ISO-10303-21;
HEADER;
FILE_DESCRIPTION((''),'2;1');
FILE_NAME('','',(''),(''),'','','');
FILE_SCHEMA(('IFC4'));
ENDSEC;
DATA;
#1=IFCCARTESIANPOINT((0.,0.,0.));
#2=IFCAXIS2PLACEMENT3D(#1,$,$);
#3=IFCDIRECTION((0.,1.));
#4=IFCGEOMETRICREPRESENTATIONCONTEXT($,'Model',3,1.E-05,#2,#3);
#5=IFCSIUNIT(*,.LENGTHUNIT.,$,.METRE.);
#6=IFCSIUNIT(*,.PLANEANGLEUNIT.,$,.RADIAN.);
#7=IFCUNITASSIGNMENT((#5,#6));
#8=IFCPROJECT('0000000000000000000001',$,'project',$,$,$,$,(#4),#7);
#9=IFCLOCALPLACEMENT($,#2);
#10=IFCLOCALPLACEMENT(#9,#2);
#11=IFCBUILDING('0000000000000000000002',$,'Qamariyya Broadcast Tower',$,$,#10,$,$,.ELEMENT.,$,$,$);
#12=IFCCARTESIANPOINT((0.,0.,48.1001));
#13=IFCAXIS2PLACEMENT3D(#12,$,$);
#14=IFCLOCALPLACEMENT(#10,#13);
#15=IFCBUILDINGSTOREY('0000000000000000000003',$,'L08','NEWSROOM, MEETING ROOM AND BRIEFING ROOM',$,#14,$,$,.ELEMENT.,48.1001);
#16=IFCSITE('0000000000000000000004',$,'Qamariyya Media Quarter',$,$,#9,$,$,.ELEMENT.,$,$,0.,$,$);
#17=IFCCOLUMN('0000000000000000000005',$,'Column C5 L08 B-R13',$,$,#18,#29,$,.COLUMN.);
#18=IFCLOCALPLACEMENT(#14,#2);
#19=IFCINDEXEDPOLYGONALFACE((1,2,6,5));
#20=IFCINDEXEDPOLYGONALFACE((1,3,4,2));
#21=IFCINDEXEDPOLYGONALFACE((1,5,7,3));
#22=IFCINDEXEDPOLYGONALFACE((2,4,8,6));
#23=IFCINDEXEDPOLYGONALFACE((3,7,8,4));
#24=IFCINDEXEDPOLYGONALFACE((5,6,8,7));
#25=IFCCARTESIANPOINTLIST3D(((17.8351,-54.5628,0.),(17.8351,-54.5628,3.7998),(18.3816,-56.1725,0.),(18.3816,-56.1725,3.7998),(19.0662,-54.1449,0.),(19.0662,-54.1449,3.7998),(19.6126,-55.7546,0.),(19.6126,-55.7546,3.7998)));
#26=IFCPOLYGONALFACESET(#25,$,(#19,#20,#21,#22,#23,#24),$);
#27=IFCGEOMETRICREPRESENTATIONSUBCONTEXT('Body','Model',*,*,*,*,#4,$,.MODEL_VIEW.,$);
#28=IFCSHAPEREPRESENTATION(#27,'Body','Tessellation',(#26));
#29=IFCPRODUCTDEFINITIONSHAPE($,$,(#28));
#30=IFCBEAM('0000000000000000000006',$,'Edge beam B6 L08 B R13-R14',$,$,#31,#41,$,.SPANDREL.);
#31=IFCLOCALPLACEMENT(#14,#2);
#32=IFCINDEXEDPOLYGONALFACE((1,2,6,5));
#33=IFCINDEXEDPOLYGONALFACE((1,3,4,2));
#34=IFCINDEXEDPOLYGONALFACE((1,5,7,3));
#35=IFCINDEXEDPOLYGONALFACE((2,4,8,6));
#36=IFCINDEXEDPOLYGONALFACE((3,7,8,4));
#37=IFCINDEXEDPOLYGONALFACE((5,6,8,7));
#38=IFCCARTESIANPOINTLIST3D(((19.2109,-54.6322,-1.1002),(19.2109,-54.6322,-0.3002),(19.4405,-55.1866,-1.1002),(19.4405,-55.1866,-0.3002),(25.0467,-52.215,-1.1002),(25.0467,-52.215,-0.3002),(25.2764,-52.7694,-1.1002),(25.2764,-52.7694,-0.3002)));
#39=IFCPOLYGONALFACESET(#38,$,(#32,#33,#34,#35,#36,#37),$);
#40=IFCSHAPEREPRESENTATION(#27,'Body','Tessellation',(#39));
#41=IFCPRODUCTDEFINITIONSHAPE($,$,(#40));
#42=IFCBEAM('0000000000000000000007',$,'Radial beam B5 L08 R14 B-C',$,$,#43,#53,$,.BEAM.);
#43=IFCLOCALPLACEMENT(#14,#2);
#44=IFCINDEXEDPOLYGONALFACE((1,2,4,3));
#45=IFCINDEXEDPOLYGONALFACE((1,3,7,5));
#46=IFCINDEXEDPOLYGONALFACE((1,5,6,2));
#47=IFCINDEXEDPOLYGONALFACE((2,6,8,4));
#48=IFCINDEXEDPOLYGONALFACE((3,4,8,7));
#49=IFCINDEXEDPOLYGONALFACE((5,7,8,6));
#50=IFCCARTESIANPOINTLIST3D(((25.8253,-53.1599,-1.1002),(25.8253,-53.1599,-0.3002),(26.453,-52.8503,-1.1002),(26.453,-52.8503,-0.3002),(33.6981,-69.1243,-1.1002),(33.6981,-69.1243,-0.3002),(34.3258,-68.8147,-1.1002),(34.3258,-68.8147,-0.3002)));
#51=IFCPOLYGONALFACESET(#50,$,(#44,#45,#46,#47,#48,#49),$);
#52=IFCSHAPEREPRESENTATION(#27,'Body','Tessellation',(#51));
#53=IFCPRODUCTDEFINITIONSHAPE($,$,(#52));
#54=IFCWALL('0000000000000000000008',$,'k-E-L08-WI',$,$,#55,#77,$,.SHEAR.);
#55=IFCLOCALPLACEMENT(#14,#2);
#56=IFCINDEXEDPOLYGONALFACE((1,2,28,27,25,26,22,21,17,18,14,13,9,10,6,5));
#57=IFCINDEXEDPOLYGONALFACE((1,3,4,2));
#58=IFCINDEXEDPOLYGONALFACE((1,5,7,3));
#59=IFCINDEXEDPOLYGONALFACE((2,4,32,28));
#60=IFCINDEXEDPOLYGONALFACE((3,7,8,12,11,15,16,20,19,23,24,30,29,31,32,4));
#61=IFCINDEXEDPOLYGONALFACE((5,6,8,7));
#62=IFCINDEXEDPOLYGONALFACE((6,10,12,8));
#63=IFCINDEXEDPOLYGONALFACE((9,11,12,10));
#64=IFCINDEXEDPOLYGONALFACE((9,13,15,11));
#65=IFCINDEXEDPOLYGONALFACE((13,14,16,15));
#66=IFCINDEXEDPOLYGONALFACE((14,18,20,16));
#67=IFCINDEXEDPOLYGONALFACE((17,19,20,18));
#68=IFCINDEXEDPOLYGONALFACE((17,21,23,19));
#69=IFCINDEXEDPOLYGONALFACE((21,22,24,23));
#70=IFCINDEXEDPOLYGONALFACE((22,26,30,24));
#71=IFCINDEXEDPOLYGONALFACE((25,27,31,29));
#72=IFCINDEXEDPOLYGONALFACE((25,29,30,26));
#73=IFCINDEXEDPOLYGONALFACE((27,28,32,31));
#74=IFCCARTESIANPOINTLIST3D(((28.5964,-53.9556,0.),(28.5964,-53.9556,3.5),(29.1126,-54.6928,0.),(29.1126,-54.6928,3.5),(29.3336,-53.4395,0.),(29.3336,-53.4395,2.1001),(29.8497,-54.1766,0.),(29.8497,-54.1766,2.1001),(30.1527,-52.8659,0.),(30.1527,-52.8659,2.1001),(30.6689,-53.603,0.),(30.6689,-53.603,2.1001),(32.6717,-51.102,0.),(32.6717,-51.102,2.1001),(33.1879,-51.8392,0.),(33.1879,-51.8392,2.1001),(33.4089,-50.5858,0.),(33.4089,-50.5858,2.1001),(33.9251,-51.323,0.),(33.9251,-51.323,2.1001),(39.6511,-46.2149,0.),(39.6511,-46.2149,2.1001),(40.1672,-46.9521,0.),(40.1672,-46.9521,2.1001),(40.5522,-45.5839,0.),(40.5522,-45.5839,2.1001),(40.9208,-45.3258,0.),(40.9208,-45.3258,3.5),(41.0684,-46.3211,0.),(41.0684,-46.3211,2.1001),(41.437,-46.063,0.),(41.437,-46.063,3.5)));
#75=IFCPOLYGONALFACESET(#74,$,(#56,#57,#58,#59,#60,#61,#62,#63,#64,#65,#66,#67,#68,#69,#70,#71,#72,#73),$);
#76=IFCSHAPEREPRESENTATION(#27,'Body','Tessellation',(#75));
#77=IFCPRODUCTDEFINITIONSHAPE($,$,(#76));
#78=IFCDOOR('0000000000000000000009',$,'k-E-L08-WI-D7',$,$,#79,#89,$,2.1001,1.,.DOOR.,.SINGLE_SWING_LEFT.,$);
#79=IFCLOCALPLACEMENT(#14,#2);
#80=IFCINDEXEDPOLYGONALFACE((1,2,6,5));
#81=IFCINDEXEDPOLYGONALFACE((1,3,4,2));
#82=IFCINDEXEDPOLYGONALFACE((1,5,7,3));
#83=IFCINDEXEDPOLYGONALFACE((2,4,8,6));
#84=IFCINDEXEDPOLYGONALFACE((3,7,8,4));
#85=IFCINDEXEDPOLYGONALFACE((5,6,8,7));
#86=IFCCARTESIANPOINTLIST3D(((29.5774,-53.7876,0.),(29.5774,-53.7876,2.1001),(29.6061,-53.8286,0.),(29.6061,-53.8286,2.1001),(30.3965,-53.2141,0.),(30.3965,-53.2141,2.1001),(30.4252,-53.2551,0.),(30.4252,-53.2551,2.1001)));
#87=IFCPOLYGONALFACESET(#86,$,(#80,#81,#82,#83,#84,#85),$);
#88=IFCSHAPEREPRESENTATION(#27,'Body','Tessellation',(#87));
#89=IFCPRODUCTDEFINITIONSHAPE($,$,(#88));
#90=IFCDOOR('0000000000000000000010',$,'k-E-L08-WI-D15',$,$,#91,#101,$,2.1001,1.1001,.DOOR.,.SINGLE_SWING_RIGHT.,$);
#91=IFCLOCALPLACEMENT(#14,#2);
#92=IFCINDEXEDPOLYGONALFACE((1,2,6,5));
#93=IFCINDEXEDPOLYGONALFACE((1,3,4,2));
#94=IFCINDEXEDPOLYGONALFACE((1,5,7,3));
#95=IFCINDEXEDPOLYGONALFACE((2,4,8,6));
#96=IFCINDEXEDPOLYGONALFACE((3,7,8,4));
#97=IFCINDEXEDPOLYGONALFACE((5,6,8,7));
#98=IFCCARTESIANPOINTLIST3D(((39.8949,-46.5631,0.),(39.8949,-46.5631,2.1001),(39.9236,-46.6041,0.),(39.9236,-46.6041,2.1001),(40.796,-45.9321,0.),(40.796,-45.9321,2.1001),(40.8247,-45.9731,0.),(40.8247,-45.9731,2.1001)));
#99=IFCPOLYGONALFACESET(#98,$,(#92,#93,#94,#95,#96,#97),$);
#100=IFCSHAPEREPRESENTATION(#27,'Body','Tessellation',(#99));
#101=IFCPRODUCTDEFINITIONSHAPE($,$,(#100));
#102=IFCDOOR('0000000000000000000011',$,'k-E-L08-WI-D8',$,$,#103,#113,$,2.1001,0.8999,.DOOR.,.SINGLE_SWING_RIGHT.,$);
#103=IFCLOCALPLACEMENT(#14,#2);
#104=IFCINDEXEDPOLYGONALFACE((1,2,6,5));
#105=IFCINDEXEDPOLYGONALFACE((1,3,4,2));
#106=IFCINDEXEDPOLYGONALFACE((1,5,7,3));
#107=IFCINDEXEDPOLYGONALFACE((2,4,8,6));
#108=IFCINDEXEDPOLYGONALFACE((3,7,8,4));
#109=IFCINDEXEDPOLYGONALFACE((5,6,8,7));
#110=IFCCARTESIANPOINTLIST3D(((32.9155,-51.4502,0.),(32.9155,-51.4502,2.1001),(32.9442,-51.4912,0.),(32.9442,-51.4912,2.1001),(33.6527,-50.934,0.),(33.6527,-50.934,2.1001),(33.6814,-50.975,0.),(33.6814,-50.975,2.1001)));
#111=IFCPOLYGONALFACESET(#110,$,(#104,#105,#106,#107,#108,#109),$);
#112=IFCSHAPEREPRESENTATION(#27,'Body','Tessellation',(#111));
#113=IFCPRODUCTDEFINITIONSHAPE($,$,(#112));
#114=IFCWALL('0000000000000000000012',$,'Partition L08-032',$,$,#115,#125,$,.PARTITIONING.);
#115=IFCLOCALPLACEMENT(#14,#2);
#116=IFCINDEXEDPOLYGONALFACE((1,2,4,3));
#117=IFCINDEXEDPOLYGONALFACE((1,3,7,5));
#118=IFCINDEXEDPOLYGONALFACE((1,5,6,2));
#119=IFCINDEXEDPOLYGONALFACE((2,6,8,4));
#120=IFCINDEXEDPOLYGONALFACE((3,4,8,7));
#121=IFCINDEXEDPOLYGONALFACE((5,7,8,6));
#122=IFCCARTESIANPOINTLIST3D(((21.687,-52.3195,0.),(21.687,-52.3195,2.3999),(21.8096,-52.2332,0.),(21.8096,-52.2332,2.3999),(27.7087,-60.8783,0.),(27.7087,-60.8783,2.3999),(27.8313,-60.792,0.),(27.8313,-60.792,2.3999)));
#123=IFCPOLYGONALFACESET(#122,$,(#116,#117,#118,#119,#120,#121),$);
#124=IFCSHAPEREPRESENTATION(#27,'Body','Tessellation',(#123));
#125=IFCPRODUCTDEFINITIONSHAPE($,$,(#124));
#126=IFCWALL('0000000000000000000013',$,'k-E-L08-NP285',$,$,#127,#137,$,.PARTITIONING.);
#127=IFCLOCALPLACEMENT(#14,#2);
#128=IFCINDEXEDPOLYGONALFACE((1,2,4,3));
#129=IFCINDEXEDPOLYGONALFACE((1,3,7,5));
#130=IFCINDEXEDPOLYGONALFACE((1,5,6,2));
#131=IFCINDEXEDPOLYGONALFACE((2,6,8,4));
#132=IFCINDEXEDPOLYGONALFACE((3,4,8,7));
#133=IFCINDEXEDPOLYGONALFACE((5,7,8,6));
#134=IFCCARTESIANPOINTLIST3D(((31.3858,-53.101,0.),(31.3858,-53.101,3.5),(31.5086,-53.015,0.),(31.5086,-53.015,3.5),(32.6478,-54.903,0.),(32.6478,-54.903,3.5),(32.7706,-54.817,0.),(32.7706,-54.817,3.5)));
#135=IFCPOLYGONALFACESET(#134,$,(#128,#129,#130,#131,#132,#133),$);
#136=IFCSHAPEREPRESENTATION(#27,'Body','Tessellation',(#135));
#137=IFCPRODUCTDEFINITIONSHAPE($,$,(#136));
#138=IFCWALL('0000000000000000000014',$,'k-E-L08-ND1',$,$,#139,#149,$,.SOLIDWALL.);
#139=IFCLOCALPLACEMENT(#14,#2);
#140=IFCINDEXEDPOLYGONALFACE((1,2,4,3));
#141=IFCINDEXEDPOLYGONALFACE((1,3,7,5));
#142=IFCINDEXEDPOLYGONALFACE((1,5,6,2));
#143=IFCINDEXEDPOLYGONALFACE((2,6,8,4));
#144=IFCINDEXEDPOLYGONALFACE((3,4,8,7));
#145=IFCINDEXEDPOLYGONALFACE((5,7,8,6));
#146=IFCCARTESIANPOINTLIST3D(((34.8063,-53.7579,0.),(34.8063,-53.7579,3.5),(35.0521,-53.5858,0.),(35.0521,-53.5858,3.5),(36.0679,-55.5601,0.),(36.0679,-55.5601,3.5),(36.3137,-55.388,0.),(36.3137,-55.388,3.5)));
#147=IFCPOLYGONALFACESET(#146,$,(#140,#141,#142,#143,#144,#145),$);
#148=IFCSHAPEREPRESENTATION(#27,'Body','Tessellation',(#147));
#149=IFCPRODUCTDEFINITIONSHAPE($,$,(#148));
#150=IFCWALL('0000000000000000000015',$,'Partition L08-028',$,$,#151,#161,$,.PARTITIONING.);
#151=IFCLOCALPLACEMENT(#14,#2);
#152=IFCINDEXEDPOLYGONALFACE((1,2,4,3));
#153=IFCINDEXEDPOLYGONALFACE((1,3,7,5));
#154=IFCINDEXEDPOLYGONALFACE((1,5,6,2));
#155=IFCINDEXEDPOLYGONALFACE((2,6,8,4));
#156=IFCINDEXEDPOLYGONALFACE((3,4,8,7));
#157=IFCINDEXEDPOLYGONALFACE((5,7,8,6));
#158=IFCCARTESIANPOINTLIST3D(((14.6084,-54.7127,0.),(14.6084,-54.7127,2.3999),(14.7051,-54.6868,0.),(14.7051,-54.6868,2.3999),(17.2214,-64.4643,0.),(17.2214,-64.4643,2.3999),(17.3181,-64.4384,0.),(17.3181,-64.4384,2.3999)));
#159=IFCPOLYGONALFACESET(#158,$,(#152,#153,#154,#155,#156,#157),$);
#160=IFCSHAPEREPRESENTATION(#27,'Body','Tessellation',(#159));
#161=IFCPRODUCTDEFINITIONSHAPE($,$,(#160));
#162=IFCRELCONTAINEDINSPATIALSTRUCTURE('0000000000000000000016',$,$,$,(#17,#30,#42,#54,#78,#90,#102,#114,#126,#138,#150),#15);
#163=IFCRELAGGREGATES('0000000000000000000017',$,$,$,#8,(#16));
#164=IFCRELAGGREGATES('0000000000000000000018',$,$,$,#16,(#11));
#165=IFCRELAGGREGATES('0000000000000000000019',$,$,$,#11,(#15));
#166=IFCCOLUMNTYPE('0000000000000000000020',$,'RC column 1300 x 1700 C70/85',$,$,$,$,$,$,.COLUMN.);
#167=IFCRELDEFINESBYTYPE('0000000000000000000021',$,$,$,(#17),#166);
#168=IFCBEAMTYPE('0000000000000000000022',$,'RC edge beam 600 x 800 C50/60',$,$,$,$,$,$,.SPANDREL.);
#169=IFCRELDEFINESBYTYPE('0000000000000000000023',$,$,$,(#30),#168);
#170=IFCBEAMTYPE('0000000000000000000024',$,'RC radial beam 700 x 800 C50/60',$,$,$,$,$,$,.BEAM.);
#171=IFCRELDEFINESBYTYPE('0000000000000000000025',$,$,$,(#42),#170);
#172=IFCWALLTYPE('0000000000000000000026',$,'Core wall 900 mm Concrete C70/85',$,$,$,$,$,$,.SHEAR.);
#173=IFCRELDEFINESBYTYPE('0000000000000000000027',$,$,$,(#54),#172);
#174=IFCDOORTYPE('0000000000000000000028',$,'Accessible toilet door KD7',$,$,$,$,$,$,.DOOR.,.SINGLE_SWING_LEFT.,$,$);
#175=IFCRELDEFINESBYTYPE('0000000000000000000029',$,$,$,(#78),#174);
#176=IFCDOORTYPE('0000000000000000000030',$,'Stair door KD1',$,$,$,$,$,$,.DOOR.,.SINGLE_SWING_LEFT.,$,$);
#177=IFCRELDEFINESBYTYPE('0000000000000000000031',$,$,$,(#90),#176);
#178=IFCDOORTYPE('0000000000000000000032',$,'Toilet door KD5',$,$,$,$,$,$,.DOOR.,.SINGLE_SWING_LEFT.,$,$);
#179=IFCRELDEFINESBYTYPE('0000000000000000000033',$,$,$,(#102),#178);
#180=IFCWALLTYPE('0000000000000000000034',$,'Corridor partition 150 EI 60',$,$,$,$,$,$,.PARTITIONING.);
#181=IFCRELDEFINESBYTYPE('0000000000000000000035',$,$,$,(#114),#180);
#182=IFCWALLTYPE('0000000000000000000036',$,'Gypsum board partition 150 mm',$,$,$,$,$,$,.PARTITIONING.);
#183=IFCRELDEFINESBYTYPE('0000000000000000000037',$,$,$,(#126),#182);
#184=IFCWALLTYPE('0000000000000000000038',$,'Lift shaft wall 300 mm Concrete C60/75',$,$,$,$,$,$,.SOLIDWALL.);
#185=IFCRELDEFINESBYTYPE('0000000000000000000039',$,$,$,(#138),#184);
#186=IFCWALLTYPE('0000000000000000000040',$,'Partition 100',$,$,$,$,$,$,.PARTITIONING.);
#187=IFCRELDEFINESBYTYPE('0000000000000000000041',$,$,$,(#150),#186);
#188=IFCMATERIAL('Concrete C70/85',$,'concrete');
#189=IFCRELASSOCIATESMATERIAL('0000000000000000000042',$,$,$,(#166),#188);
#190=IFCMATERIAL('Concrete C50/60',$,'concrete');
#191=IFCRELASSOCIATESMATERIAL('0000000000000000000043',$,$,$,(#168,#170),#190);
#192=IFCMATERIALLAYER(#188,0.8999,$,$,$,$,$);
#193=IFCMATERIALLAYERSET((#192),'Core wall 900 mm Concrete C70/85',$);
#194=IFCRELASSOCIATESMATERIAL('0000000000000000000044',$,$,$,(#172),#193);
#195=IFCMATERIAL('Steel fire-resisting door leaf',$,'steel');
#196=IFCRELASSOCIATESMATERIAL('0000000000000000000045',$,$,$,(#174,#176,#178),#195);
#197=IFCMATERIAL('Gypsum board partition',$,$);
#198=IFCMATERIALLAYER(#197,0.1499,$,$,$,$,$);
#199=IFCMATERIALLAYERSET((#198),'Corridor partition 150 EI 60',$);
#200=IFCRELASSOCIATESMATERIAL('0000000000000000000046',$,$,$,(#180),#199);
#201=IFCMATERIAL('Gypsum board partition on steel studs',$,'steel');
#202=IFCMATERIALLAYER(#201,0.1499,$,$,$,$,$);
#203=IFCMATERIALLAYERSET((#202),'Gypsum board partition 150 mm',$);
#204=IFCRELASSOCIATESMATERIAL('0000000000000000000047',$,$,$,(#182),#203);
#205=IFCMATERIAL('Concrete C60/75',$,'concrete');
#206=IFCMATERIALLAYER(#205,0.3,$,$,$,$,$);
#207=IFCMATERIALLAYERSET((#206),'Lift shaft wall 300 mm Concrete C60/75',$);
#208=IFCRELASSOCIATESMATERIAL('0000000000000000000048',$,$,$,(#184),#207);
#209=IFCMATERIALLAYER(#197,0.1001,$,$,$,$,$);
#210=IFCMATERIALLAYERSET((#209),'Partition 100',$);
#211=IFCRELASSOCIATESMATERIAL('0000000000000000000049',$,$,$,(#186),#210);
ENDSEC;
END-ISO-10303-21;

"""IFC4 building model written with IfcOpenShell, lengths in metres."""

from ifc_helpers import new_model, si_unit, direction, frame, frame_2d, origin, origin_2d, place, context, subcontext, project, spatial, rectangle, extrude, material, layer, layer_set, material_profile, profile_set, type_object, element, fill, save


model = new_model("IFC4")

# Units and contexts
model_context = context("Model", 3, precision=1e-05, world=origin(), true_north=direction((0.0, 1.0)))
body_context = subcontext(model_context, "Body", "Model", "MODEL_VIEW")
ifc_project = project(units=[si_unit("LENGTHUNIT", "METRE"), si_unit("PLANEANGLEUNIT", "RADIAN")], contexts=[model_context])

# Site, building, storey
site_placement = place(None, origin())
site = spatial("IfcSite", under=ifc_project, at=site_placement, Name="Qamariyya Media Quarter", CompositionType="ELEMENT", RefElevation=0.0)
building_placement = place(site_placement, origin())
building = spatial("IfcBuilding", under=site, at=building_placement, Name="Qamariyya Broadcast Tower", CompositionType="ELEMENT")
storey_placement = place(building_placement, frame((0.0, 0.0, 48.1001)))
storey = spatial("IfcBuildingStorey", under=building, at=storey_placement, Name="L08", Description="NEWSROOM, MEETING ROOM AND BRIEFING ROOM", CompositionType="ELEMENT", Elevation=48.1001)

# Column
ifc_material_1 = material(Name="Concrete C70/85", Category="concrete")
ifc_material_profile_1 = material_profile(ifc_material_1, rectangle(XDim=1.3, YDim=1.7, at=origin_2d()))
ifc_profile_set_1 = profile_set([ifc_material_profile_1], Name="Concrete C70/85")
column_type = type_object("IfcColumnType", Name="RC column 1300 x 1700 C70/85", PredefinedType="COLUMN", material=ifc_profile_set_1)
column_placement = place(storey_placement, frame((18.7239, -55.1587, 0.0), z_axis=(0.0, 0.0, 1.0), x_axis=(0.94693, 0.321439, 0.0)))
element("IfcColumn", 1, at=column_placement, inside=storey, type_object=column_type, Name="Column C5 L08 B-R13", PredefinedType="COLUMN", context=body_context, shape_type="SweptSolid", body=[
    extrude(rectangle(XDim=1.3, YDim=1.7, at=origin_2d()), origin(), (0.0, 0.0, 1.0), 3.7998),
])

# Beams
ifc_material_2 = material(Name="Concrete C50/60", Category="concrete")
ifc_material_profile_2 = material_profile(ifc_material_2, rectangle(XDim=0.6001, YDim=0.8, at=origin_2d()))
ifc_profile_set_2 = profile_set([ifc_material_profile_2], Name="Concrete C50/60")
beam_type_1 = type_object("IfcBeamType", Name="RC edge beam 600 x 800 C50/60", PredefinedType="SPANDREL", material=ifc_profile_set_2)
beam_1_placement = place(storey_placement, frame((19.3257, -54.9094, -0.7002), z_axis=(0.923884, 0.382672, 0.0), x_axis=(-0.382672, 0.923884, 0.0)))
element("IfcBeam", 2, at=beam_1_placement, inside=storey, type_object=beam_type_1, Name="Edge beam B6 L08 B R13-R14", PredefinedType="SPANDREL", context=body_context, shape_type="SweptSolid", body=[
    extrude(rectangle(XDim=0.6001, YDim=0.8, at=origin_2d()), origin(), (0.0, 0.0, 1.0), 6.3167),
])
ifc_material_profile_3 = material_profile(ifc_material_2, rectangle(XDim=0.7, YDim=0.8, at=origin_2d()))
ifc_profile_set_3 = profile_set([ifc_material_profile_3], Name="Concrete C50/60")
beam_type_2 = type_object("IfcBeamType", Name="RC radial beam 700 x 800 C50/60", PredefinedType="BEAM", material=ifc_profile_set_3)
beam_2_placement = place(storey_placement, frame((26.1392, -53.0051, -0.7002), z_axis=(0.442291, -0.896872, 0.0), x_axis=(0.896872, 0.442291, 0.0)))
element("IfcBeam", 3, at=beam_2_placement, inside=storey, type_object=beam_type_2, Name="Radial beam B5 L08 R14 B-C", PredefinedType="BEAM", context=body_context, shape_type="SweptSolid", body=[
    extrude(rectangle(XDim=0.7, YDim=0.8, at=origin_2d()), origin(), (0.0, 0.0, 1.0), 17.8),
])

# Wall, openings, doors
ifc_layer_1 = layer(ifc_material_1, 0.8999)
ifc_layer_set_1 = layer_set([ifc_layer_1], Name="Core wall 900 mm Concrete C70/85")
wall_type_1 = type_object("IfcWallType", Name="Core wall 900 mm Concrete C70/85", PredefinedType="SHEAR", material=ifc_layer_set_1)
wall_1_placement = place(storey_placement, frame((28.8545, -54.3242, 0.0), z_axis=(0.0, 0.0, 1.0), x_axis=(0.819146, 0.573585, 0.0)))
wall_1 = element("IfcWall", 4, at=wall_1_placement, inside=storey, type_object=wall_type_1, Name="k-E-L08-WI", PredefinedType="SHEAR", context=body_context, shape_type="SweptSolid", body=[
    extrude(rectangle(XDim=15.0454, YDim=0.8999, at=frame_2d((7.5227, 0.0))), origin(), (0.0, 0.0, 1.0), 3.5),
])
opening_1_placement = place(wall_1_placement, frame((0.8999, 0.0, 0.0)))
opening_1 = element("IfcOpeningElement", 5, at=opening_1_placement, cuts=wall_1, PredefinedType="OPENING", context=body_context, shape_type="SweptSolid", body=[
    extrude(rectangle(XDim=1.0, YDim=2.1001, at=frame_2d((0.5, 1.05))), frame((0.0, 0.46, 0.0), z_axis=(0.0, -1.0, 0.0), x_axis=(1.0, 0.0, 0.0)), (0.0, 0.0, 1.0), 0.9199),
])
opening_2_placement = place(wall_1_placement, frame((4.9751, 0.0, 0.0)))
opening_2 = element("IfcOpeningElement", 6, at=opening_2_placement, cuts=wall_1, PredefinedType="OPENING", context=body_context, shape_type="SweptSolid", body=[
    extrude(rectangle(XDim=0.8999, YDim=2.1001, at=frame_2d((0.45, 1.05))), frame((0.0, 0.46, 0.0), z_axis=(0.0, -1.0, 0.0), x_axis=(1.0, 0.0, 0.0)), (0.0, 0.0, 1.0), 0.9199),
])
opening_3_placement = place(wall_1_placement, frame((13.4954, 0.0, 0.0)))
opening_3 = element("IfcOpeningElement", 7, at=opening_3_placement, cuts=wall_1, PredefinedType="OPENING", context=body_context, shape_type="SweptSolid", body=[
    extrude(rectangle(XDim=1.1001, YDim=2.1001, at=frame_2d((0.55, 1.05))), frame((0.0, 0.46, 0.0), z_axis=(0.0, -1.0, 0.0), x_axis=(1.0, 0.0, 0.0)), (0.0, 0.0, 1.0), 0.9199),
])
ifc_material_3 = material(Name="Steel fire-resisting door leaf", Category="steel")
door_type_1 = type_object("IfcDoorType", Name="Accessible toilet door KD7", OperationType="SINGLE_SWING_LEFT", PredefinedType="DOOR", material=ifc_material_3)
door_1_placement = place(opening_1_placement, origin())
door_1 = element("IfcDoor", 8, at=door_1_placement, inside=storey, type_object=door_type_1, Name="k-E-L08-WI-D7", OperationType="SINGLE_SWING_LEFT", OverallHeight=2.1001, OverallWidth=1.0, PredefinedType="DOOR", context=body_context, shape_type="SweptSolid", body=[
    extrude(rectangle(XDim=1.0, YDim=2.1001, at=frame_2d((0.5, 1.05))), frame((0.0, 0.0249, 0.0), z_axis=(0.0, -1.0, 0.0), x_axis=(1.0, 0.0, 0.0)), (0.0, 0.0, 1.0), 0.05),
])
fill(opening_1, door_1)
door_type_2 = type_object("IfcDoorType", Name="Stair door KD1", OperationType="SINGLE_SWING_LEFT", PredefinedType="DOOR", material=ifc_material_3)
door_2_placement = place(opening_3_placement, origin())
door_2 = element("IfcDoor", 9, at=door_2_placement, inside=storey, type_object=door_type_2, Name="k-E-L08-WI-D15", OperationType="SINGLE_SWING_RIGHT", OverallHeight=2.1001, OverallWidth=1.1001, PredefinedType="DOOR", context=body_context, shape_type="SweptSolid", body=[
    extrude(rectangle(XDim=1.1001, YDim=2.1001, at=frame_2d((0.55, 1.05))), frame((0.0, 0.0249, 0.0), z_axis=(0.0, -1.0, 0.0), x_axis=(1.0, 0.0, 0.0)), (0.0, 0.0, 1.0), 0.05),
])
fill(opening_3, door_2)
door_type_3 = type_object("IfcDoorType", Name="Toilet door KD5", OperationType="SINGLE_SWING_LEFT", PredefinedType="DOOR", material=ifc_material_3)
door_3_placement = place(opening_2_placement, origin())
door_3 = element("IfcDoor", 10, at=door_3_placement, inside=storey, type_object=door_type_3, Name="k-E-L08-WI-D8", OperationType="SINGLE_SWING_RIGHT", OverallHeight=2.1001, OverallWidth=0.8999, PredefinedType="DOOR", context=body_context, shape_type="SweptSolid", body=[
    extrude(rectangle(XDim=0.8999, YDim=2.1001, at=frame_2d((0.45, 1.05))), frame((0.0, 0.0249, 0.0), z_axis=(0.0, -1.0, 0.0), x_axis=(1.0, 0.0, 0.0)), (0.0, 0.0, 1.0), 0.05),
])
fill(opening_2, door_3)

# Walls
ifc_material_4 = material(Name="Gypsum board partition")
ifc_layer_2 = layer(ifc_material_4, 0.1499)
ifc_layer_set_2 = layer_set([ifc_layer_2], Name="Corridor partition 150 EI 60")
wall_type_2 = type_object("IfcWallType", Name="Corridor partition 150 EI 60", PredefinedType="PARTITIONING", material=ifc_layer_set_2)
wall_2_placement = place(storey_placement, frame((21.7483, -52.2764, 0.0), z_axis=(0.0, 0.0, 1.0), x_axis=(0.575419, -0.817858, 0.0)))
element("IfcWall", 11, at=wall_2_placement, inside=storey, type_object=wall_type_2, Name="Partition L08-032", PredefinedType="PARTITIONING", context=body_context, shape_type="SweptSolid", body=[
    extrude(rectangle(XDim=10.4648, YDim=0.1499, at=frame_2d((5.2324, 0.0))), origin(), (0.0, 0.0, 1.0), 2.3999),
])
ifc_material_5 = material(Name="Gypsum board partition on steel studs", Category="steel")
ifc_layer_3 = layer(ifc_material_5, 0.1499)
ifc_layer_set_3 = layer_set([ifc_layer_3], Name="Gypsum board partition 150 mm")
wall_type_3 = type_object("IfcWallType", Name="Gypsum board partition 150 mm", PredefinedType="PARTITIONING", material=ifc_layer_set_3)
wall_3_placement = place(storey_placement, frame((32.7092, -54.8601, 0.0), z_axis=(0.0, 0.0, 1.0), x_axis=(-0.573634, 0.819112, 0.0)))
element("IfcWall", 12, at=wall_3_placement, inside=storey, type_object=wall_type_3, Name="k-E-L08-NP285", PredefinedType="PARTITIONING", context=body_context, shape_type="SweptSolid", body=[
    extrude(rectangle(XDim=2.2, YDim=0.1499, at=frame_2d((1.1001, 0.0))), origin(), (0.0, 0.0, 1.0), 3.5),
])
ifc_material_6 = material(Name="Concrete C60/75", Category="concrete")
ifc_layer_4 = layer(ifc_material_6, 0.3)
ifc_layer_set_4 = layer_set([ifc_layer_4], Name="Lift shaft wall 300 mm Concrete C60/75")
wall_type_4 = type_object("IfcWallType", Name="Lift shaft wall 300 mm Concrete C60/75", PredefinedType="SOLIDWALL", material=ifc_layer_set_4)
wall_4_placement = place(storey_placement, frame((36.1909, -55.4741, 0.0), z_axis=(0.0, 0.0, 1.0), x_axis=(-0.573507, 0.819201, 0.0)))
element("IfcWall", 13, at=wall_4_placement, inside=storey, type_object=wall_type_4, Name="k-E-L08-ND1", PredefinedType="SOLIDWALL", context=body_context, shape_type="SweptSolid", body=[
    extrude(rectangle(XDim=2.2, YDim=0.3, at=frame_2d((1.1001, 0.0))), origin(), (0.0, 0.0, 1.0), 3.5),
])
ifc_layer_5 = layer(ifc_material_4, 0.1001)
ifc_layer_set_5 = layer_set([ifc_layer_5], Name="Partition 100")
wall_type_5 = type_object("IfcWallType", Name="Partition 100", PredefinedType="PARTITIONING", material=ifc_layer_set_5)
wall_5_placement = place(storey_placement, frame((14.6567, -54.6997, 0.0), z_axis=(0.0, 0.0, 1.0), x_axis=(0.258826, -0.965924, 0.0)))
element("IfcWall", 14, at=wall_5_placement, inside=storey, type_object=wall_type_5, Name="Partition L08-028", PredefinedType="PARTITIONING", context=body_context, shape_type="SweptSolid", body=[
    extrude(rectangle(XDim=10.0957, YDim=0.1001, at=frame_2d((5.0479, 0.0))), origin(), (0.0, 0.0, 1.0), 2.3999),
])

save(model, "model.ifc")
